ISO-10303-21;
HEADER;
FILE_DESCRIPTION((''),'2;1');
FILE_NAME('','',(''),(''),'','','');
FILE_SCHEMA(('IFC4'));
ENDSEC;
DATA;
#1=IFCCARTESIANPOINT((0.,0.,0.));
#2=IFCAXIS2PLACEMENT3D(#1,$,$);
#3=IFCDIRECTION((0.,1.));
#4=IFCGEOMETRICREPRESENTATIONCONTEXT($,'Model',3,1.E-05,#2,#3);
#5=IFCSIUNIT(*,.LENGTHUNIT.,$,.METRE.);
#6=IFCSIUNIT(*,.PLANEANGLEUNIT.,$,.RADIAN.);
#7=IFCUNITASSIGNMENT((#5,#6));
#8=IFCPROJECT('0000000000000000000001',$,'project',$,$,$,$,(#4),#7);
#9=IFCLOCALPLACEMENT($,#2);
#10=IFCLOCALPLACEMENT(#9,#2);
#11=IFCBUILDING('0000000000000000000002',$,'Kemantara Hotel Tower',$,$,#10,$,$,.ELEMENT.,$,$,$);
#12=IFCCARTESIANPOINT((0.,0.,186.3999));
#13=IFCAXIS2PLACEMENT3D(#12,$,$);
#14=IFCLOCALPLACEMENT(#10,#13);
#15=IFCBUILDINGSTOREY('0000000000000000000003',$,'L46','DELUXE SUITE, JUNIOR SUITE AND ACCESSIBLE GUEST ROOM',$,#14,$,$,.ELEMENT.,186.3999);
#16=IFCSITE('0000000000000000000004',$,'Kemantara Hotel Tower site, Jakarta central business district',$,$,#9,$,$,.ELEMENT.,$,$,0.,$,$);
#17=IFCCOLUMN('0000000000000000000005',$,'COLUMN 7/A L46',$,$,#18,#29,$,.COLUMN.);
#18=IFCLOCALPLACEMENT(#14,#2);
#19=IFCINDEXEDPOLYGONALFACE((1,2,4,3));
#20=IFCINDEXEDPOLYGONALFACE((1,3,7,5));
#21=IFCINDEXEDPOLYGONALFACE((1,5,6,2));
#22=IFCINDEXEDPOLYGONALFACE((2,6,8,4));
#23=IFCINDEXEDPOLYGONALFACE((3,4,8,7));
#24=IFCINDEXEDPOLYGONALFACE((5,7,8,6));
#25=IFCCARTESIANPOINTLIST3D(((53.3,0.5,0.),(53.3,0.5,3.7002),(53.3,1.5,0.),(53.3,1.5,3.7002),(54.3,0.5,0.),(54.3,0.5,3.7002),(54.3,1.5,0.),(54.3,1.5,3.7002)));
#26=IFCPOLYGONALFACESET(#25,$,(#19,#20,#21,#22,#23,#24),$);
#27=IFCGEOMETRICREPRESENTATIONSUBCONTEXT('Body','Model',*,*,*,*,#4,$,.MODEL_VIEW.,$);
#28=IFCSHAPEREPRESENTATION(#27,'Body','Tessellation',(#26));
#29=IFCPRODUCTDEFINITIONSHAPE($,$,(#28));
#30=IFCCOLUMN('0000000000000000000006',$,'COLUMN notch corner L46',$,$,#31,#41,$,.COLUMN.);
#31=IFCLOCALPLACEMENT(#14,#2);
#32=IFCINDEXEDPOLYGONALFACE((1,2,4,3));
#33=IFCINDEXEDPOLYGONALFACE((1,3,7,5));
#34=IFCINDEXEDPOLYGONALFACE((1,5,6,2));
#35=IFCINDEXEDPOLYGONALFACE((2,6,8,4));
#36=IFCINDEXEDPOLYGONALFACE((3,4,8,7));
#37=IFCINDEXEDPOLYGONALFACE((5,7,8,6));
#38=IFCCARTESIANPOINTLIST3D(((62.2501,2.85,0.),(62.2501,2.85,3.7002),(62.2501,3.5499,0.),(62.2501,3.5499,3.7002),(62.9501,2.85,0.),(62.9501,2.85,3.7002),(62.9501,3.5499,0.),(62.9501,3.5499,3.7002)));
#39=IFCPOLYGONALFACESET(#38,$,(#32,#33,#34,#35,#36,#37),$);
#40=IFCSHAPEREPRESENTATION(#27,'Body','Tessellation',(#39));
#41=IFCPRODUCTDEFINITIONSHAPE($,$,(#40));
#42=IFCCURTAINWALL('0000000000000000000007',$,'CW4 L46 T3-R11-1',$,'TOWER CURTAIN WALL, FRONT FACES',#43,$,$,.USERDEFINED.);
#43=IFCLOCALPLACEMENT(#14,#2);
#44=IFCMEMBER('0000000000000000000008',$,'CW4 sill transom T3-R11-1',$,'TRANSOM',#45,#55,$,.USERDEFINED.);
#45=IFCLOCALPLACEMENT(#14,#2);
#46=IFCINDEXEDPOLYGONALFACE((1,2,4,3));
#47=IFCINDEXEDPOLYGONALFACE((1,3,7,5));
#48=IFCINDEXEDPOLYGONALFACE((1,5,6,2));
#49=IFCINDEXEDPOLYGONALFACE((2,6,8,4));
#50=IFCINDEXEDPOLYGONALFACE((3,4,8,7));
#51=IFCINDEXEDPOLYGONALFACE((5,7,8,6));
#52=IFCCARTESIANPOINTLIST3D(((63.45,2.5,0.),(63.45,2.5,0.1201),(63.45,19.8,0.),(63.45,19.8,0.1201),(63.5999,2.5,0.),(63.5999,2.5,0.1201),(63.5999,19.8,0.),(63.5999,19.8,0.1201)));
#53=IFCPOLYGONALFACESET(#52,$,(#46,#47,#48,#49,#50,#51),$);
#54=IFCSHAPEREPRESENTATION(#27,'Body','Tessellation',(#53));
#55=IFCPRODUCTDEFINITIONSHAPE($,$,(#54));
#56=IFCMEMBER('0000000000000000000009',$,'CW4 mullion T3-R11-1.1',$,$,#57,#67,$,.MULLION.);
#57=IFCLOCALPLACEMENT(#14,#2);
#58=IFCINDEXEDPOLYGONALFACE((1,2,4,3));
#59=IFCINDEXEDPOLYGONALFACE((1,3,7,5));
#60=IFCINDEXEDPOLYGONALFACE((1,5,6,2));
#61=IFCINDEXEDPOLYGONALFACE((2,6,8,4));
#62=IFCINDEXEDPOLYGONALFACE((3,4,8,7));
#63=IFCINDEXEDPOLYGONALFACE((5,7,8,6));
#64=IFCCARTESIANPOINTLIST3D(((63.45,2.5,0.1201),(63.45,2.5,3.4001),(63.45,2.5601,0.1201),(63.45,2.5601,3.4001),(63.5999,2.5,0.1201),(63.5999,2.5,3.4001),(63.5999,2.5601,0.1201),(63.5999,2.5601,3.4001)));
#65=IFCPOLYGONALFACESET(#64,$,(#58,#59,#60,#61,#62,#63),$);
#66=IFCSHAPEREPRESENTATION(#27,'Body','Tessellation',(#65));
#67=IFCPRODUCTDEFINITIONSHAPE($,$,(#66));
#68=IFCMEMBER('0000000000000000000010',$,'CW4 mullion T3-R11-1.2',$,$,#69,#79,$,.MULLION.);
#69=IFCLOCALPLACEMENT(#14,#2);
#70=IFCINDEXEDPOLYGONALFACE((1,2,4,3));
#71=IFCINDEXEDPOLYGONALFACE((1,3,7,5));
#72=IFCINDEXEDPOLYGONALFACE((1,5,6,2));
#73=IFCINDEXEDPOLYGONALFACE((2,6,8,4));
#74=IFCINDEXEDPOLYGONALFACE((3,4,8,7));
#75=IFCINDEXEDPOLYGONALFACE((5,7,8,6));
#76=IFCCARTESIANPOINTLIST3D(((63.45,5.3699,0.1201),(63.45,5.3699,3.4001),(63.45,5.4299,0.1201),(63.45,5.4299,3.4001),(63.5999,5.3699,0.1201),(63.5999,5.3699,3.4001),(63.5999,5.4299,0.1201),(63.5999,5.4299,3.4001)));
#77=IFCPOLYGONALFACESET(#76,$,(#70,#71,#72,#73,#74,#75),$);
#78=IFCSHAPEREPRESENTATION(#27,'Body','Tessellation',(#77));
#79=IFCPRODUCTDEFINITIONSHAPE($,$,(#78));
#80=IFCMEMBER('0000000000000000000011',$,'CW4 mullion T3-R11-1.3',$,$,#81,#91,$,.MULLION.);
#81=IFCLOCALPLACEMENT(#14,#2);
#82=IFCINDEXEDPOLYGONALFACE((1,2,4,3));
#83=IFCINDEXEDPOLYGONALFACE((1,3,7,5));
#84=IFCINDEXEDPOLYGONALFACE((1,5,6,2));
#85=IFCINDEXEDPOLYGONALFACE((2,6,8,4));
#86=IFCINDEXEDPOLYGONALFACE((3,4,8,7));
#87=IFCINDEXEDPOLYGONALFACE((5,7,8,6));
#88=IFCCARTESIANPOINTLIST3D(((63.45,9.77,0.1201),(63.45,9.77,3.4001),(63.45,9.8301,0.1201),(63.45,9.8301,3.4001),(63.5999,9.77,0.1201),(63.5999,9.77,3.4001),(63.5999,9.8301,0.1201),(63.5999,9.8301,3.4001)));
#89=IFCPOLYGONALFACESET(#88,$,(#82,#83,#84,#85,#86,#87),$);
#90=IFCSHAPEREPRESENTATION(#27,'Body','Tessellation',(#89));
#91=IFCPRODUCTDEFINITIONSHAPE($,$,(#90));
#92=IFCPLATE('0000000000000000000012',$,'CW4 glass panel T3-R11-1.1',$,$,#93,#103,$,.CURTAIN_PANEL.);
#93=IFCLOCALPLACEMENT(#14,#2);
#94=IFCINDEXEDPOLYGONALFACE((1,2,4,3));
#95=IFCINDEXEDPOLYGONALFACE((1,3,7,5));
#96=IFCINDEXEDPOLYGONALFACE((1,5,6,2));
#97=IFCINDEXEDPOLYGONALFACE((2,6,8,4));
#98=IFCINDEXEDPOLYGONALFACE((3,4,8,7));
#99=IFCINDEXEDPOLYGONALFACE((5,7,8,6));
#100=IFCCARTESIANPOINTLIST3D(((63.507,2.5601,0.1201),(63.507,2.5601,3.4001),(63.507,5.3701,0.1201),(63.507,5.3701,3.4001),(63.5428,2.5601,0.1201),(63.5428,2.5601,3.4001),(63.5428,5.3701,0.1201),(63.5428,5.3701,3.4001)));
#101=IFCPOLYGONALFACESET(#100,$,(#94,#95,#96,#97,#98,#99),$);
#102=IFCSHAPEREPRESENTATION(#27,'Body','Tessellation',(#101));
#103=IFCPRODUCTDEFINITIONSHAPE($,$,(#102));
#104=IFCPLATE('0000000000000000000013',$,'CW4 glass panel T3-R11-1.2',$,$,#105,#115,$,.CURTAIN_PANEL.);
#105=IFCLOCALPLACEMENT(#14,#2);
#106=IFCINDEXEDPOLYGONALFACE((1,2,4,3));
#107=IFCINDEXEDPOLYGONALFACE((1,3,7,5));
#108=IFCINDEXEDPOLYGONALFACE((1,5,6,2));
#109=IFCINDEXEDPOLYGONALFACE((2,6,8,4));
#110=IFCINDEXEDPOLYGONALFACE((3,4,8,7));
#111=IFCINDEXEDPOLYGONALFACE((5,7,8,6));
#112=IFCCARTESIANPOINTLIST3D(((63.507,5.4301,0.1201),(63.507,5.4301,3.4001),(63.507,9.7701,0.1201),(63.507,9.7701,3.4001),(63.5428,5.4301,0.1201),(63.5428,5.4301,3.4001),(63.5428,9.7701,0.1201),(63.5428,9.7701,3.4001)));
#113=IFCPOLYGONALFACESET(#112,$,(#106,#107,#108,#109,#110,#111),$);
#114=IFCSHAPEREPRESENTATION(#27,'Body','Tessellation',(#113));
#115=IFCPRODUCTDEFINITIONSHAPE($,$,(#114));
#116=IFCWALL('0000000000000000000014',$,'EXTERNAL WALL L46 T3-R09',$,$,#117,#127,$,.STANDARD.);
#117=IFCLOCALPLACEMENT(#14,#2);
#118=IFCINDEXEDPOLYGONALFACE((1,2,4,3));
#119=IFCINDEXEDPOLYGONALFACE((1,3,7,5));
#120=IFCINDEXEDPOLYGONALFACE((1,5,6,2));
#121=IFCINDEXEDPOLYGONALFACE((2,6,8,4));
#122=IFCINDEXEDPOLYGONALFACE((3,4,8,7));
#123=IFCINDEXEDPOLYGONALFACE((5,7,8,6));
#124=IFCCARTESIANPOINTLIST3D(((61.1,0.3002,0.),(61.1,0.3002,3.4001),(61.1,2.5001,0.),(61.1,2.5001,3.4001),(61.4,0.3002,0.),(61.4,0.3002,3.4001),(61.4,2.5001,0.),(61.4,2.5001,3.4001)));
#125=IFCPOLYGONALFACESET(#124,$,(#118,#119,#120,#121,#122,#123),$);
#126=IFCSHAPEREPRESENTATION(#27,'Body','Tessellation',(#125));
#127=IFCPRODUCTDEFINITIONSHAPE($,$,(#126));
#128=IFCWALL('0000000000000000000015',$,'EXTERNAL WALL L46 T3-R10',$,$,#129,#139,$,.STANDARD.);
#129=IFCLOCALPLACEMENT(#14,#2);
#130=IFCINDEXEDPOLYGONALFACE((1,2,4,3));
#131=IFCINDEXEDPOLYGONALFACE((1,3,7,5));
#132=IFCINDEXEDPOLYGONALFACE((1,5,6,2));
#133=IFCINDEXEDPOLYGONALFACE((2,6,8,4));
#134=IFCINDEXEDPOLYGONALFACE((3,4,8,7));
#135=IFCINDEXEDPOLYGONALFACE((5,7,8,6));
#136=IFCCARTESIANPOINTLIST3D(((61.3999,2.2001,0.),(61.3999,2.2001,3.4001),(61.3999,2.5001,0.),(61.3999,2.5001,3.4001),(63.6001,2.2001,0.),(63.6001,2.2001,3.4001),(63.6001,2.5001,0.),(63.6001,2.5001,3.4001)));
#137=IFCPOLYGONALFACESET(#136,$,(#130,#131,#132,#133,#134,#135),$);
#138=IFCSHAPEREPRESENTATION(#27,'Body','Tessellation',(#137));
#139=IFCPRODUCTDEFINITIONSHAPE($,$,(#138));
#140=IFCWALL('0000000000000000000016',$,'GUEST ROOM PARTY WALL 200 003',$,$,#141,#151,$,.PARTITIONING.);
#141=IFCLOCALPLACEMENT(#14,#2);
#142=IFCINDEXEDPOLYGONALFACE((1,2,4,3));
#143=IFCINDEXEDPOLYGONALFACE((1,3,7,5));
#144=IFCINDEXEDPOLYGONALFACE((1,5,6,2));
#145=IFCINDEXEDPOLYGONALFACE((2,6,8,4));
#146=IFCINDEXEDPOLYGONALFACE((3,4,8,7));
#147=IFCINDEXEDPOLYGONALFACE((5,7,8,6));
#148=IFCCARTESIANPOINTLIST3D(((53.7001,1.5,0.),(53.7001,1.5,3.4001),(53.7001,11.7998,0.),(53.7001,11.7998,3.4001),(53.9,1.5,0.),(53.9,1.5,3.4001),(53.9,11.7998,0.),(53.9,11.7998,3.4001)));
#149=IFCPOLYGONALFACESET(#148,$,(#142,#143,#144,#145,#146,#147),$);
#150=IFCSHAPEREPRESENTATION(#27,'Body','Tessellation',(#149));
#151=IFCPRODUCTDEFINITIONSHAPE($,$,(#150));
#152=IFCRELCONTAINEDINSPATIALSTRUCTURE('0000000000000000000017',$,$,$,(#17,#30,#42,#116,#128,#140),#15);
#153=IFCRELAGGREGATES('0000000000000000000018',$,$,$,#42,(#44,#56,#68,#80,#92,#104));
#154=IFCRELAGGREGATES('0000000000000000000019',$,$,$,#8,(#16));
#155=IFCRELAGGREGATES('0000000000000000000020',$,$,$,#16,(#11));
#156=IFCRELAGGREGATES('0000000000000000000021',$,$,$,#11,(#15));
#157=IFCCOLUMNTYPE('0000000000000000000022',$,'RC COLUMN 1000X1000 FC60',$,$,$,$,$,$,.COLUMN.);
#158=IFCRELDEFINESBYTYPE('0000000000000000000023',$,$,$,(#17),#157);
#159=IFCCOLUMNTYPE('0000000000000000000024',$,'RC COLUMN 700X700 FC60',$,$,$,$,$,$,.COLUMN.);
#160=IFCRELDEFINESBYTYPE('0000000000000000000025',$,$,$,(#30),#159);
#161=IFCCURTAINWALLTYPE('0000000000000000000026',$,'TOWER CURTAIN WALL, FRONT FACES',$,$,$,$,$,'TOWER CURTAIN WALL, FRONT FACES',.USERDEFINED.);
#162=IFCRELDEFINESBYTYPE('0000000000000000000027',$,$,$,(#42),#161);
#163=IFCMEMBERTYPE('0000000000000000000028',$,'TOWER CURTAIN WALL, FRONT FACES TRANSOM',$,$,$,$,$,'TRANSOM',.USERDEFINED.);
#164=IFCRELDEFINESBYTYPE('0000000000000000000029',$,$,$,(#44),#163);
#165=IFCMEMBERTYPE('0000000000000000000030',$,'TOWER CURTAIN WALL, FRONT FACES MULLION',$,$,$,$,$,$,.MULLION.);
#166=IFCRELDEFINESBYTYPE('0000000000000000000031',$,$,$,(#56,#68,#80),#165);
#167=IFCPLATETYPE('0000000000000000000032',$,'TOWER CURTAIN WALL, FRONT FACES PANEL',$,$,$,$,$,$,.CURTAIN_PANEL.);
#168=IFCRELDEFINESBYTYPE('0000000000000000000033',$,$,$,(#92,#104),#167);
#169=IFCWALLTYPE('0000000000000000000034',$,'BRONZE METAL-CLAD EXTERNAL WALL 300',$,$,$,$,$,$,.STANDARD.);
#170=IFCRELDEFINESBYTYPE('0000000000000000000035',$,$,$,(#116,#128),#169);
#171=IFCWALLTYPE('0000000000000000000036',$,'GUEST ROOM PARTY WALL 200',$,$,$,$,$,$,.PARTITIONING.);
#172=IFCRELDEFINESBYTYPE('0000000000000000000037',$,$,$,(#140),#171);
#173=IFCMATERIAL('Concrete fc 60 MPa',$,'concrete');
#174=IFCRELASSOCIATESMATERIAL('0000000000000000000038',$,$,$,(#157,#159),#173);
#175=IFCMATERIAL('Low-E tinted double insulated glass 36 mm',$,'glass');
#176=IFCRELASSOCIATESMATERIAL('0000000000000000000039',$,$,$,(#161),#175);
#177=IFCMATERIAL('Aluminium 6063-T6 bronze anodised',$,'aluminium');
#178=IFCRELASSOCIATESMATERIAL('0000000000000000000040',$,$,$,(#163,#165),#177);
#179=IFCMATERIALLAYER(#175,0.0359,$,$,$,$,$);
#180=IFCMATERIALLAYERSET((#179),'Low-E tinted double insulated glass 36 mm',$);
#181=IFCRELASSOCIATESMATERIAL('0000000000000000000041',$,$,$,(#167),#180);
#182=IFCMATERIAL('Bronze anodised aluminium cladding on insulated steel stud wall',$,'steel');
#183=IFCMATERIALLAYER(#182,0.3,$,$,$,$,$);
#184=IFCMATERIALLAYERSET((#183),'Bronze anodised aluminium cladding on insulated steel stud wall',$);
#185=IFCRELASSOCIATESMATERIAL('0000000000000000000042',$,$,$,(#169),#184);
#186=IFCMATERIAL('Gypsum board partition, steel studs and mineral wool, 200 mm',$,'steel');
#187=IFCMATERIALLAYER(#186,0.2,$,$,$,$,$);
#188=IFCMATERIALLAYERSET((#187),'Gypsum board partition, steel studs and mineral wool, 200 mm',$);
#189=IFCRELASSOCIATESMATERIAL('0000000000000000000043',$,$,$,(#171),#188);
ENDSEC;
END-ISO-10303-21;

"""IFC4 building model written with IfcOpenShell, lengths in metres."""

from ifc_helpers import new_model, si_unit, direction, frame, frame_2d, origin, origin_2d, place, context, subcontext, project, spatial, rectangle, extrude, source, transform, mapped, material, layer, layer_set, material_profile, profile_set, type_object, element, aggregate, save


model = new_model("IFC4")

# Units and contexts
model_context = context("Model", 3, precision=1e-05, world=origin(), true_north=direction((0.0, 1.0)))
body_context = subcontext(model_context, "Body", "Model", "MODEL_VIEW")
ifc_project = project(units=[si_unit("LENGTHUNIT", "METRE"), si_unit("PLANEANGLEUNIT", "RADIAN")], contexts=[model_context])

# Site, building, storey
site_placement = place(None, origin())
site = spatial("IfcSite", under=ifc_project, at=site_placement, Name="Kemantara Hotel Tower site, Jakarta central business district", CompositionType="ELEMENT", RefElevation=0.0)
building_placement = place(site_placement, origin())
building = spatial("IfcBuilding", under=site, at=building_placement, Name="Kemantara Hotel Tower", CompositionType="ELEMENT")
storey_placement = place(building_placement, frame((0.0, 0.0, 186.3999)))
storey = spatial("IfcBuildingStorey", under=building, at=storey_placement, Name="L46", Description="DELUXE SUITE, JUNIOR SUITE AND ACCESSIBLE GUEST ROOM", CompositionType="ELEMENT", Elevation=186.3999)

# Columns
ifc_material_1 = material(Name="Concrete fc 60 MPa", Category="concrete")
ifc_material_profile_1 = material_profile(ifc_material_1, rectangle(XDim=1.0, YDim=1.0, at=origin_2d()), Name="RC 1000X1000")
ifc_profile_set_1 = profile_set([ifc_material_profile_1], Name="Concrete fc 60 MPa")
column_type_1 = type_object("IfcColumnType", Name="RC COLUMN 1000X1000 FC60", PredefinedType="COLUMN", material=ifc_profile_set_1)
column_1_placement = place(storey_placement, frame((53.8, 1.0, 0.0), z_axis=(0.0, 0.0, 1.0), x_axis=(1.0, 0.0, 0.0)))
element("IfcColumn", 1, at=column_1_placement, inside=storey, type_object=column_type_1, Name="COLUMN 7/A L46", PredefinedType="COLUMN", context=body_context, shape_type="SweptSolid", body=[
    extrude(rectangle(XDim=1.0, YDim=1.0, at=origin_2d()), origin(), (0.0, 0.0, 1.0), 3.7002),
])
ifc_material_profile_2 = material_profile(ifc_material_1, rectangle(XDim=0.7, YDim=0.7, at=origin_2d()), Name="RC 700X700")
ifc_profile_set_2 = profile_set([ifc_material_profile_2], Name="Concrete fc 60 MPa")
column_type_2 = type_object("IfcColumnType", Name="RC COLUMN 700X700 FC60", PredefinedType="COLUMN", material=ifc_profile_set_2)
column_2_placement = place(storey_placement, frame((62.6001, 3.2, 0.0), z_axis=(0.0, 0.0, 1.0), x_axis=(1.0, 0.0, 0.0)))
element("IfcColumn", 2, at=column_2_placement, inside=storey, type_object=column_type_2, Name="COLUMN notch corner L46", PredefinedType="COLUMN", context=body_context, shape_type="SweptSolid", body=[
    extrude(rectangle(XDim=0.7, YDim=0.7, at=origin_2d()), origin(), (0.0, 0.0, 1.0), 3.7002),
])

# Curtain wall, members, plates
ifc_material_2 = material(Name="Low-E tinted double insulated glass 36 mm", Category="glass")
curtain_wall_type = type_object("IfcCurtainWallType", Name="TOWER CURTAIN WALL, FRONT FACES", ElementType="TOWER CURTAIN WALL, FRONT FACES", PredefinedType="USERDEFINED", material=ifc_material_2)
curtain_wall_placement = place(storey_placement, origin())
curtain_wall = element("IfcCurtainWall", 3, at=curtain_wall_placement, inside=storey, type_object=curtain_wall_type, Name="CW4 L46 T3-R11-1", ObjectType="TOWER CURTAIN WALL, FRONT FACES", PredefinedType="USERDEFINED")
ifc_material_3 = material(Name="Aluminium 6063-T6 bronze anodised", Category="aluminium")
ifc_material_profile_3 = material_profile(ifc_material_3, rectangle(XDim=0.1499, YDim=0.1201, at=origin_2d()), Name="TOWER CURTAIN WALL, FRONT FACES TRANSOM")
ifc_profile_set_3 = profile_set([ifc_material_profile_3], Name="Aluminium 6063-T6 bronze anodised")
member_type_1 = type_object("IfcMemberType", Name="TOWER CURTAIN WALL, FRONT FACES TRANSOM", ElementType="TRANSOM", PredefinedType="USERDEFINED", material=ifc_profile_set_3)
member_1_placement = place(storey_placement, frame((63.5249, 2.5, 0.0601), z_axis=(0.0, 1.0, 0.0), x_axis=(-1.0, 0.0, 0.0)))
member_1 = element("IfcMember", 4, at=member_1_placement, type_object=member_type_1, Name="CW4 sill transom T3-R11-1", ObjectType="TRANSOM", PredefinedType="USERDEFINED", context=body_context, shape_type="SweptSolid", body=[
    extrude(rectangle(XDim=0.1499, YDim=0.1201, at=origin_2d()), origin(), (0.0, 0.0, 1.0), 17.3),
])
ifc_material_profile_4 = material_profile(ifc_material_3, rectangle(XDim=0.1499, YDim=0.0601, at=origin_2d()), Name="TOWER CURTAIN WALL, FRONT FACES MULLION")
ifc_profile_set_4 = profile_set([ifc_material_profile_4], Name="Aluminium 6063-T6 bronze anodised")
member_type_2 = type_object("IfcMemberType", Name="TOWER CURTAIN WALL, FRONT FACES MULLION", PredefinedType="MULLION", material=ifc_profile_set_4)
shared_shape_1 = source(origin(), body_context, "Body", "SweptSolid", [
    extrude(rectangle(XDim=0.1499, YDim=0.0601, at=origin_2d()), origin(), (0.0, 0.0, 1.0), 3.28),
])
member_2_placement = place(storey_placement, frame((63.5249, 2.53, 0.1201), z_axis=(0.0, 0.0, 1.0), x_axis=(-1.0, 0.0, 0.0)))
member_2 = element("IfcMember", 5, at=member_2_placement, type_object=member_type_2, Name="CW4 mullion T3-R11-1.1", PredefinedType="MULLION", context=body_context, shape_type="MappedRepresentation", body=[
    mapped(shared_shape_1, transform((0.0, 0.0, 0.0))),
])
member_3_placement = place(storey_placement, frame((63.5249, 5.3999, 0.1201), z_axis=(0.0, 0.0, 1.0), x_axis=(-1.0, 0.0, 0.0)))
member_3 = element("IfcMember", 6, at=member_3_placement, type_object=member_type_2, Name="CW4 mullion T3-R11-1.2", PredefinedType="MULLION", context=body_context, shape_type="MappedRepresentation", body=[
    mapped(shared_shape_1, transform((0.0, 0.0, 0.0))),
])
member_4_placement = place(storey_placement, frame((63.5249, 9.8, 0.1201), z_axis=(0.0, 0.0, 1.0), x_axis=(-1.0, 0.0, 0.0)))
member_4 = element("IfcMember", 7, at=member_4_placement, type_object=member_type_2, Name="CW4 mullion T3-R11-1.3", PredefinedType="MULLION", context=body_context, shape_type="MappedRepresentation", body=[
    mapped(shared_shape_1, transform((0.0, 0.0, 0.0))),
])
ifc_layer_1 = layer(ifc_material_2, 0.0359)
ifc_layer_set_1 = layer_set([ifc_layer_1], Name="Low-E tinted double insulated glass 36 mm")
plate_type = type_object("IfcPlateType", Name="TOWER CURTAIN WALL, FRONT FACES PANEL", PredefinedType="CURTAIN_PANEL", material=ifc_layer_set_1)
shared_shape_2 = source(origin(), body_context, "Body", "SweptSolid", [
    extrude(rectangle(XDim=2.8101, YDim=0.0359, at=origin_2d()), origin(), (0.0, 0.0, 1.0), 3.28),
])
plate_1_placement = place(storey_placement, frame((63.5249, 3.9651, 0.1201), z_axis=(0.0, 0.0, 1.0), x_axis=(0.0, 1.0, 0.0)))
plate_1 = element("IfcPlate", 8, at=plate_1_placement, type_object=plate_type, Name="CW4 glass panel T3-R11-1.1", PredefinedType="CURTAIN_PANEL", context=body_context, shape_type="MappedRepresentation", body=[
    mapped(shared_shape_2, transform((0.0, 0.0, 0.0))),
])
shared_shape_3 = source(origin(), body_context, "Body", "SweptSolid", [
    extrude(rectangle(XDim=4.3401, YDim=0.0359, at=origin_2d()), origin(), (0.0, 0.0, 1.0), 3.28),
])
plate_2_placement = place(storey_placement, frame((63.5249, 7.6001, 0.1201), z_axis=(0.0, 0.0, 1.0), x_axis=(0.0, 1.0, 0.0)))
plate_2 = element("IfcPlate", 9, at=plate_2_placement, type_object=plate_type, Name="CW4 glass panel T3-R11-1.2", PredefinedType="CURTAIN_PANEL", context=body_context, shape_type="MappedRepresentation", body=[
    mapped(shared_shape_3, transform((0.0, 0.0, 0.0))),
])
aggregate(curtain_wall, [member_1, member_2, member_3, member_4, plate_1, plate_2])

# Walls
ifc_material_4 = material(Name="Bronze anodised aluminium cladding on insulated steel stud wall", Category="steel")
ifc_layer_2 = layer(ifc_material_4, 0.3)
ifc_layer_set_2 = layer_set([ifc_layer_2], Name="Bronze anodised aluminium cladding on insulated steel stud wall")
wall_type_1 = type_object("IfcWallType", Name="BRONZE METAL-CLAD EXTERNAL WALL 300", PredefinedType="STANDARD", material=ifc_layer_set_2)
wall_1_placement = place(storey_placement, frame((61.25, 0.3, 0.0), z_axis=(0.0, 0.0, 1.0), x_axis=(0.0, 1.0, 0.0)))
element("IfcWall", 10, at=wall_1_placement, inside=storey, type_object=wall_type_1, Name="EXTERNAL WALL L46 T3-R09", PredefinedType="STANDARD", context=body_context, shape_type="SweptSolid", body=[
    extrude(rectangle(XDim=2.2, YDim=0.3, at=frame_2d((1.1001, 0.0))), origin(), (0.0, 0.0, 1.0), 3.4001),
])
wall_2_placement = place(storey_placement, frame((61.3999, 2.3501, 0.0), z_axis=(0.0, 0.0, 1.0), x_axis=(1.0, 0.0, 0.0)))
element("IfcWall", 11, at=wall_2_placement, inside=storey, type_object=wall_type_1, Name="EXTERNAL WALL L46 T3-R10", PredefinedType="STANDARD", context=body_context, shape_type="SweptSolid", body=[
    extrude(rectangle(XDim=2.2002, YDim=0.3, at=frame_2d((1.1001, 0.0))), origin(), (0.0, 0.0, 1.0), 3.4001),
])
ifc_material_5 = material(Name="Gypsum board partition, steel studs and mineral wool, 200 mm", Category="steel")
ifc_layer_3 = layer(ifc_material_5, 0.2)
ifc_layer_set_3 = layer_set([ifc_layer_3], Name="Gypsum board partition, steel studs and mineral wool, 200 mm")
wall_type_2 = type_object("IfcWallType", Name="GUEST ROOM PARTY WALL 200", PredefinedType="PARTITIONING", material=ifc_layer_set_3)
wall_3_placement = place(storey_placement, frame((53.8, 1.5, 0.0), z_axis=(0.0, 0.0, 1.0), x_axis=(0.0, 1.0, 0.0)))
element("IfcWall", 12, at=wall_3_placement, inside=storey, type_object=wall_type_2, Name="GUEST ROOM PARTY WALL 200 003", PredefinedType="PARTITIONING", context=body_context, shape_type="SweptSolid", body=[
    extrude(rectangle(XDim=10.2998, YDim=0.2, at=frame_2d((5.1499, 0.0))), origin(), (0.0, 0.0, 1.0), 3.4001),
])

save(model, "model.ifc")
